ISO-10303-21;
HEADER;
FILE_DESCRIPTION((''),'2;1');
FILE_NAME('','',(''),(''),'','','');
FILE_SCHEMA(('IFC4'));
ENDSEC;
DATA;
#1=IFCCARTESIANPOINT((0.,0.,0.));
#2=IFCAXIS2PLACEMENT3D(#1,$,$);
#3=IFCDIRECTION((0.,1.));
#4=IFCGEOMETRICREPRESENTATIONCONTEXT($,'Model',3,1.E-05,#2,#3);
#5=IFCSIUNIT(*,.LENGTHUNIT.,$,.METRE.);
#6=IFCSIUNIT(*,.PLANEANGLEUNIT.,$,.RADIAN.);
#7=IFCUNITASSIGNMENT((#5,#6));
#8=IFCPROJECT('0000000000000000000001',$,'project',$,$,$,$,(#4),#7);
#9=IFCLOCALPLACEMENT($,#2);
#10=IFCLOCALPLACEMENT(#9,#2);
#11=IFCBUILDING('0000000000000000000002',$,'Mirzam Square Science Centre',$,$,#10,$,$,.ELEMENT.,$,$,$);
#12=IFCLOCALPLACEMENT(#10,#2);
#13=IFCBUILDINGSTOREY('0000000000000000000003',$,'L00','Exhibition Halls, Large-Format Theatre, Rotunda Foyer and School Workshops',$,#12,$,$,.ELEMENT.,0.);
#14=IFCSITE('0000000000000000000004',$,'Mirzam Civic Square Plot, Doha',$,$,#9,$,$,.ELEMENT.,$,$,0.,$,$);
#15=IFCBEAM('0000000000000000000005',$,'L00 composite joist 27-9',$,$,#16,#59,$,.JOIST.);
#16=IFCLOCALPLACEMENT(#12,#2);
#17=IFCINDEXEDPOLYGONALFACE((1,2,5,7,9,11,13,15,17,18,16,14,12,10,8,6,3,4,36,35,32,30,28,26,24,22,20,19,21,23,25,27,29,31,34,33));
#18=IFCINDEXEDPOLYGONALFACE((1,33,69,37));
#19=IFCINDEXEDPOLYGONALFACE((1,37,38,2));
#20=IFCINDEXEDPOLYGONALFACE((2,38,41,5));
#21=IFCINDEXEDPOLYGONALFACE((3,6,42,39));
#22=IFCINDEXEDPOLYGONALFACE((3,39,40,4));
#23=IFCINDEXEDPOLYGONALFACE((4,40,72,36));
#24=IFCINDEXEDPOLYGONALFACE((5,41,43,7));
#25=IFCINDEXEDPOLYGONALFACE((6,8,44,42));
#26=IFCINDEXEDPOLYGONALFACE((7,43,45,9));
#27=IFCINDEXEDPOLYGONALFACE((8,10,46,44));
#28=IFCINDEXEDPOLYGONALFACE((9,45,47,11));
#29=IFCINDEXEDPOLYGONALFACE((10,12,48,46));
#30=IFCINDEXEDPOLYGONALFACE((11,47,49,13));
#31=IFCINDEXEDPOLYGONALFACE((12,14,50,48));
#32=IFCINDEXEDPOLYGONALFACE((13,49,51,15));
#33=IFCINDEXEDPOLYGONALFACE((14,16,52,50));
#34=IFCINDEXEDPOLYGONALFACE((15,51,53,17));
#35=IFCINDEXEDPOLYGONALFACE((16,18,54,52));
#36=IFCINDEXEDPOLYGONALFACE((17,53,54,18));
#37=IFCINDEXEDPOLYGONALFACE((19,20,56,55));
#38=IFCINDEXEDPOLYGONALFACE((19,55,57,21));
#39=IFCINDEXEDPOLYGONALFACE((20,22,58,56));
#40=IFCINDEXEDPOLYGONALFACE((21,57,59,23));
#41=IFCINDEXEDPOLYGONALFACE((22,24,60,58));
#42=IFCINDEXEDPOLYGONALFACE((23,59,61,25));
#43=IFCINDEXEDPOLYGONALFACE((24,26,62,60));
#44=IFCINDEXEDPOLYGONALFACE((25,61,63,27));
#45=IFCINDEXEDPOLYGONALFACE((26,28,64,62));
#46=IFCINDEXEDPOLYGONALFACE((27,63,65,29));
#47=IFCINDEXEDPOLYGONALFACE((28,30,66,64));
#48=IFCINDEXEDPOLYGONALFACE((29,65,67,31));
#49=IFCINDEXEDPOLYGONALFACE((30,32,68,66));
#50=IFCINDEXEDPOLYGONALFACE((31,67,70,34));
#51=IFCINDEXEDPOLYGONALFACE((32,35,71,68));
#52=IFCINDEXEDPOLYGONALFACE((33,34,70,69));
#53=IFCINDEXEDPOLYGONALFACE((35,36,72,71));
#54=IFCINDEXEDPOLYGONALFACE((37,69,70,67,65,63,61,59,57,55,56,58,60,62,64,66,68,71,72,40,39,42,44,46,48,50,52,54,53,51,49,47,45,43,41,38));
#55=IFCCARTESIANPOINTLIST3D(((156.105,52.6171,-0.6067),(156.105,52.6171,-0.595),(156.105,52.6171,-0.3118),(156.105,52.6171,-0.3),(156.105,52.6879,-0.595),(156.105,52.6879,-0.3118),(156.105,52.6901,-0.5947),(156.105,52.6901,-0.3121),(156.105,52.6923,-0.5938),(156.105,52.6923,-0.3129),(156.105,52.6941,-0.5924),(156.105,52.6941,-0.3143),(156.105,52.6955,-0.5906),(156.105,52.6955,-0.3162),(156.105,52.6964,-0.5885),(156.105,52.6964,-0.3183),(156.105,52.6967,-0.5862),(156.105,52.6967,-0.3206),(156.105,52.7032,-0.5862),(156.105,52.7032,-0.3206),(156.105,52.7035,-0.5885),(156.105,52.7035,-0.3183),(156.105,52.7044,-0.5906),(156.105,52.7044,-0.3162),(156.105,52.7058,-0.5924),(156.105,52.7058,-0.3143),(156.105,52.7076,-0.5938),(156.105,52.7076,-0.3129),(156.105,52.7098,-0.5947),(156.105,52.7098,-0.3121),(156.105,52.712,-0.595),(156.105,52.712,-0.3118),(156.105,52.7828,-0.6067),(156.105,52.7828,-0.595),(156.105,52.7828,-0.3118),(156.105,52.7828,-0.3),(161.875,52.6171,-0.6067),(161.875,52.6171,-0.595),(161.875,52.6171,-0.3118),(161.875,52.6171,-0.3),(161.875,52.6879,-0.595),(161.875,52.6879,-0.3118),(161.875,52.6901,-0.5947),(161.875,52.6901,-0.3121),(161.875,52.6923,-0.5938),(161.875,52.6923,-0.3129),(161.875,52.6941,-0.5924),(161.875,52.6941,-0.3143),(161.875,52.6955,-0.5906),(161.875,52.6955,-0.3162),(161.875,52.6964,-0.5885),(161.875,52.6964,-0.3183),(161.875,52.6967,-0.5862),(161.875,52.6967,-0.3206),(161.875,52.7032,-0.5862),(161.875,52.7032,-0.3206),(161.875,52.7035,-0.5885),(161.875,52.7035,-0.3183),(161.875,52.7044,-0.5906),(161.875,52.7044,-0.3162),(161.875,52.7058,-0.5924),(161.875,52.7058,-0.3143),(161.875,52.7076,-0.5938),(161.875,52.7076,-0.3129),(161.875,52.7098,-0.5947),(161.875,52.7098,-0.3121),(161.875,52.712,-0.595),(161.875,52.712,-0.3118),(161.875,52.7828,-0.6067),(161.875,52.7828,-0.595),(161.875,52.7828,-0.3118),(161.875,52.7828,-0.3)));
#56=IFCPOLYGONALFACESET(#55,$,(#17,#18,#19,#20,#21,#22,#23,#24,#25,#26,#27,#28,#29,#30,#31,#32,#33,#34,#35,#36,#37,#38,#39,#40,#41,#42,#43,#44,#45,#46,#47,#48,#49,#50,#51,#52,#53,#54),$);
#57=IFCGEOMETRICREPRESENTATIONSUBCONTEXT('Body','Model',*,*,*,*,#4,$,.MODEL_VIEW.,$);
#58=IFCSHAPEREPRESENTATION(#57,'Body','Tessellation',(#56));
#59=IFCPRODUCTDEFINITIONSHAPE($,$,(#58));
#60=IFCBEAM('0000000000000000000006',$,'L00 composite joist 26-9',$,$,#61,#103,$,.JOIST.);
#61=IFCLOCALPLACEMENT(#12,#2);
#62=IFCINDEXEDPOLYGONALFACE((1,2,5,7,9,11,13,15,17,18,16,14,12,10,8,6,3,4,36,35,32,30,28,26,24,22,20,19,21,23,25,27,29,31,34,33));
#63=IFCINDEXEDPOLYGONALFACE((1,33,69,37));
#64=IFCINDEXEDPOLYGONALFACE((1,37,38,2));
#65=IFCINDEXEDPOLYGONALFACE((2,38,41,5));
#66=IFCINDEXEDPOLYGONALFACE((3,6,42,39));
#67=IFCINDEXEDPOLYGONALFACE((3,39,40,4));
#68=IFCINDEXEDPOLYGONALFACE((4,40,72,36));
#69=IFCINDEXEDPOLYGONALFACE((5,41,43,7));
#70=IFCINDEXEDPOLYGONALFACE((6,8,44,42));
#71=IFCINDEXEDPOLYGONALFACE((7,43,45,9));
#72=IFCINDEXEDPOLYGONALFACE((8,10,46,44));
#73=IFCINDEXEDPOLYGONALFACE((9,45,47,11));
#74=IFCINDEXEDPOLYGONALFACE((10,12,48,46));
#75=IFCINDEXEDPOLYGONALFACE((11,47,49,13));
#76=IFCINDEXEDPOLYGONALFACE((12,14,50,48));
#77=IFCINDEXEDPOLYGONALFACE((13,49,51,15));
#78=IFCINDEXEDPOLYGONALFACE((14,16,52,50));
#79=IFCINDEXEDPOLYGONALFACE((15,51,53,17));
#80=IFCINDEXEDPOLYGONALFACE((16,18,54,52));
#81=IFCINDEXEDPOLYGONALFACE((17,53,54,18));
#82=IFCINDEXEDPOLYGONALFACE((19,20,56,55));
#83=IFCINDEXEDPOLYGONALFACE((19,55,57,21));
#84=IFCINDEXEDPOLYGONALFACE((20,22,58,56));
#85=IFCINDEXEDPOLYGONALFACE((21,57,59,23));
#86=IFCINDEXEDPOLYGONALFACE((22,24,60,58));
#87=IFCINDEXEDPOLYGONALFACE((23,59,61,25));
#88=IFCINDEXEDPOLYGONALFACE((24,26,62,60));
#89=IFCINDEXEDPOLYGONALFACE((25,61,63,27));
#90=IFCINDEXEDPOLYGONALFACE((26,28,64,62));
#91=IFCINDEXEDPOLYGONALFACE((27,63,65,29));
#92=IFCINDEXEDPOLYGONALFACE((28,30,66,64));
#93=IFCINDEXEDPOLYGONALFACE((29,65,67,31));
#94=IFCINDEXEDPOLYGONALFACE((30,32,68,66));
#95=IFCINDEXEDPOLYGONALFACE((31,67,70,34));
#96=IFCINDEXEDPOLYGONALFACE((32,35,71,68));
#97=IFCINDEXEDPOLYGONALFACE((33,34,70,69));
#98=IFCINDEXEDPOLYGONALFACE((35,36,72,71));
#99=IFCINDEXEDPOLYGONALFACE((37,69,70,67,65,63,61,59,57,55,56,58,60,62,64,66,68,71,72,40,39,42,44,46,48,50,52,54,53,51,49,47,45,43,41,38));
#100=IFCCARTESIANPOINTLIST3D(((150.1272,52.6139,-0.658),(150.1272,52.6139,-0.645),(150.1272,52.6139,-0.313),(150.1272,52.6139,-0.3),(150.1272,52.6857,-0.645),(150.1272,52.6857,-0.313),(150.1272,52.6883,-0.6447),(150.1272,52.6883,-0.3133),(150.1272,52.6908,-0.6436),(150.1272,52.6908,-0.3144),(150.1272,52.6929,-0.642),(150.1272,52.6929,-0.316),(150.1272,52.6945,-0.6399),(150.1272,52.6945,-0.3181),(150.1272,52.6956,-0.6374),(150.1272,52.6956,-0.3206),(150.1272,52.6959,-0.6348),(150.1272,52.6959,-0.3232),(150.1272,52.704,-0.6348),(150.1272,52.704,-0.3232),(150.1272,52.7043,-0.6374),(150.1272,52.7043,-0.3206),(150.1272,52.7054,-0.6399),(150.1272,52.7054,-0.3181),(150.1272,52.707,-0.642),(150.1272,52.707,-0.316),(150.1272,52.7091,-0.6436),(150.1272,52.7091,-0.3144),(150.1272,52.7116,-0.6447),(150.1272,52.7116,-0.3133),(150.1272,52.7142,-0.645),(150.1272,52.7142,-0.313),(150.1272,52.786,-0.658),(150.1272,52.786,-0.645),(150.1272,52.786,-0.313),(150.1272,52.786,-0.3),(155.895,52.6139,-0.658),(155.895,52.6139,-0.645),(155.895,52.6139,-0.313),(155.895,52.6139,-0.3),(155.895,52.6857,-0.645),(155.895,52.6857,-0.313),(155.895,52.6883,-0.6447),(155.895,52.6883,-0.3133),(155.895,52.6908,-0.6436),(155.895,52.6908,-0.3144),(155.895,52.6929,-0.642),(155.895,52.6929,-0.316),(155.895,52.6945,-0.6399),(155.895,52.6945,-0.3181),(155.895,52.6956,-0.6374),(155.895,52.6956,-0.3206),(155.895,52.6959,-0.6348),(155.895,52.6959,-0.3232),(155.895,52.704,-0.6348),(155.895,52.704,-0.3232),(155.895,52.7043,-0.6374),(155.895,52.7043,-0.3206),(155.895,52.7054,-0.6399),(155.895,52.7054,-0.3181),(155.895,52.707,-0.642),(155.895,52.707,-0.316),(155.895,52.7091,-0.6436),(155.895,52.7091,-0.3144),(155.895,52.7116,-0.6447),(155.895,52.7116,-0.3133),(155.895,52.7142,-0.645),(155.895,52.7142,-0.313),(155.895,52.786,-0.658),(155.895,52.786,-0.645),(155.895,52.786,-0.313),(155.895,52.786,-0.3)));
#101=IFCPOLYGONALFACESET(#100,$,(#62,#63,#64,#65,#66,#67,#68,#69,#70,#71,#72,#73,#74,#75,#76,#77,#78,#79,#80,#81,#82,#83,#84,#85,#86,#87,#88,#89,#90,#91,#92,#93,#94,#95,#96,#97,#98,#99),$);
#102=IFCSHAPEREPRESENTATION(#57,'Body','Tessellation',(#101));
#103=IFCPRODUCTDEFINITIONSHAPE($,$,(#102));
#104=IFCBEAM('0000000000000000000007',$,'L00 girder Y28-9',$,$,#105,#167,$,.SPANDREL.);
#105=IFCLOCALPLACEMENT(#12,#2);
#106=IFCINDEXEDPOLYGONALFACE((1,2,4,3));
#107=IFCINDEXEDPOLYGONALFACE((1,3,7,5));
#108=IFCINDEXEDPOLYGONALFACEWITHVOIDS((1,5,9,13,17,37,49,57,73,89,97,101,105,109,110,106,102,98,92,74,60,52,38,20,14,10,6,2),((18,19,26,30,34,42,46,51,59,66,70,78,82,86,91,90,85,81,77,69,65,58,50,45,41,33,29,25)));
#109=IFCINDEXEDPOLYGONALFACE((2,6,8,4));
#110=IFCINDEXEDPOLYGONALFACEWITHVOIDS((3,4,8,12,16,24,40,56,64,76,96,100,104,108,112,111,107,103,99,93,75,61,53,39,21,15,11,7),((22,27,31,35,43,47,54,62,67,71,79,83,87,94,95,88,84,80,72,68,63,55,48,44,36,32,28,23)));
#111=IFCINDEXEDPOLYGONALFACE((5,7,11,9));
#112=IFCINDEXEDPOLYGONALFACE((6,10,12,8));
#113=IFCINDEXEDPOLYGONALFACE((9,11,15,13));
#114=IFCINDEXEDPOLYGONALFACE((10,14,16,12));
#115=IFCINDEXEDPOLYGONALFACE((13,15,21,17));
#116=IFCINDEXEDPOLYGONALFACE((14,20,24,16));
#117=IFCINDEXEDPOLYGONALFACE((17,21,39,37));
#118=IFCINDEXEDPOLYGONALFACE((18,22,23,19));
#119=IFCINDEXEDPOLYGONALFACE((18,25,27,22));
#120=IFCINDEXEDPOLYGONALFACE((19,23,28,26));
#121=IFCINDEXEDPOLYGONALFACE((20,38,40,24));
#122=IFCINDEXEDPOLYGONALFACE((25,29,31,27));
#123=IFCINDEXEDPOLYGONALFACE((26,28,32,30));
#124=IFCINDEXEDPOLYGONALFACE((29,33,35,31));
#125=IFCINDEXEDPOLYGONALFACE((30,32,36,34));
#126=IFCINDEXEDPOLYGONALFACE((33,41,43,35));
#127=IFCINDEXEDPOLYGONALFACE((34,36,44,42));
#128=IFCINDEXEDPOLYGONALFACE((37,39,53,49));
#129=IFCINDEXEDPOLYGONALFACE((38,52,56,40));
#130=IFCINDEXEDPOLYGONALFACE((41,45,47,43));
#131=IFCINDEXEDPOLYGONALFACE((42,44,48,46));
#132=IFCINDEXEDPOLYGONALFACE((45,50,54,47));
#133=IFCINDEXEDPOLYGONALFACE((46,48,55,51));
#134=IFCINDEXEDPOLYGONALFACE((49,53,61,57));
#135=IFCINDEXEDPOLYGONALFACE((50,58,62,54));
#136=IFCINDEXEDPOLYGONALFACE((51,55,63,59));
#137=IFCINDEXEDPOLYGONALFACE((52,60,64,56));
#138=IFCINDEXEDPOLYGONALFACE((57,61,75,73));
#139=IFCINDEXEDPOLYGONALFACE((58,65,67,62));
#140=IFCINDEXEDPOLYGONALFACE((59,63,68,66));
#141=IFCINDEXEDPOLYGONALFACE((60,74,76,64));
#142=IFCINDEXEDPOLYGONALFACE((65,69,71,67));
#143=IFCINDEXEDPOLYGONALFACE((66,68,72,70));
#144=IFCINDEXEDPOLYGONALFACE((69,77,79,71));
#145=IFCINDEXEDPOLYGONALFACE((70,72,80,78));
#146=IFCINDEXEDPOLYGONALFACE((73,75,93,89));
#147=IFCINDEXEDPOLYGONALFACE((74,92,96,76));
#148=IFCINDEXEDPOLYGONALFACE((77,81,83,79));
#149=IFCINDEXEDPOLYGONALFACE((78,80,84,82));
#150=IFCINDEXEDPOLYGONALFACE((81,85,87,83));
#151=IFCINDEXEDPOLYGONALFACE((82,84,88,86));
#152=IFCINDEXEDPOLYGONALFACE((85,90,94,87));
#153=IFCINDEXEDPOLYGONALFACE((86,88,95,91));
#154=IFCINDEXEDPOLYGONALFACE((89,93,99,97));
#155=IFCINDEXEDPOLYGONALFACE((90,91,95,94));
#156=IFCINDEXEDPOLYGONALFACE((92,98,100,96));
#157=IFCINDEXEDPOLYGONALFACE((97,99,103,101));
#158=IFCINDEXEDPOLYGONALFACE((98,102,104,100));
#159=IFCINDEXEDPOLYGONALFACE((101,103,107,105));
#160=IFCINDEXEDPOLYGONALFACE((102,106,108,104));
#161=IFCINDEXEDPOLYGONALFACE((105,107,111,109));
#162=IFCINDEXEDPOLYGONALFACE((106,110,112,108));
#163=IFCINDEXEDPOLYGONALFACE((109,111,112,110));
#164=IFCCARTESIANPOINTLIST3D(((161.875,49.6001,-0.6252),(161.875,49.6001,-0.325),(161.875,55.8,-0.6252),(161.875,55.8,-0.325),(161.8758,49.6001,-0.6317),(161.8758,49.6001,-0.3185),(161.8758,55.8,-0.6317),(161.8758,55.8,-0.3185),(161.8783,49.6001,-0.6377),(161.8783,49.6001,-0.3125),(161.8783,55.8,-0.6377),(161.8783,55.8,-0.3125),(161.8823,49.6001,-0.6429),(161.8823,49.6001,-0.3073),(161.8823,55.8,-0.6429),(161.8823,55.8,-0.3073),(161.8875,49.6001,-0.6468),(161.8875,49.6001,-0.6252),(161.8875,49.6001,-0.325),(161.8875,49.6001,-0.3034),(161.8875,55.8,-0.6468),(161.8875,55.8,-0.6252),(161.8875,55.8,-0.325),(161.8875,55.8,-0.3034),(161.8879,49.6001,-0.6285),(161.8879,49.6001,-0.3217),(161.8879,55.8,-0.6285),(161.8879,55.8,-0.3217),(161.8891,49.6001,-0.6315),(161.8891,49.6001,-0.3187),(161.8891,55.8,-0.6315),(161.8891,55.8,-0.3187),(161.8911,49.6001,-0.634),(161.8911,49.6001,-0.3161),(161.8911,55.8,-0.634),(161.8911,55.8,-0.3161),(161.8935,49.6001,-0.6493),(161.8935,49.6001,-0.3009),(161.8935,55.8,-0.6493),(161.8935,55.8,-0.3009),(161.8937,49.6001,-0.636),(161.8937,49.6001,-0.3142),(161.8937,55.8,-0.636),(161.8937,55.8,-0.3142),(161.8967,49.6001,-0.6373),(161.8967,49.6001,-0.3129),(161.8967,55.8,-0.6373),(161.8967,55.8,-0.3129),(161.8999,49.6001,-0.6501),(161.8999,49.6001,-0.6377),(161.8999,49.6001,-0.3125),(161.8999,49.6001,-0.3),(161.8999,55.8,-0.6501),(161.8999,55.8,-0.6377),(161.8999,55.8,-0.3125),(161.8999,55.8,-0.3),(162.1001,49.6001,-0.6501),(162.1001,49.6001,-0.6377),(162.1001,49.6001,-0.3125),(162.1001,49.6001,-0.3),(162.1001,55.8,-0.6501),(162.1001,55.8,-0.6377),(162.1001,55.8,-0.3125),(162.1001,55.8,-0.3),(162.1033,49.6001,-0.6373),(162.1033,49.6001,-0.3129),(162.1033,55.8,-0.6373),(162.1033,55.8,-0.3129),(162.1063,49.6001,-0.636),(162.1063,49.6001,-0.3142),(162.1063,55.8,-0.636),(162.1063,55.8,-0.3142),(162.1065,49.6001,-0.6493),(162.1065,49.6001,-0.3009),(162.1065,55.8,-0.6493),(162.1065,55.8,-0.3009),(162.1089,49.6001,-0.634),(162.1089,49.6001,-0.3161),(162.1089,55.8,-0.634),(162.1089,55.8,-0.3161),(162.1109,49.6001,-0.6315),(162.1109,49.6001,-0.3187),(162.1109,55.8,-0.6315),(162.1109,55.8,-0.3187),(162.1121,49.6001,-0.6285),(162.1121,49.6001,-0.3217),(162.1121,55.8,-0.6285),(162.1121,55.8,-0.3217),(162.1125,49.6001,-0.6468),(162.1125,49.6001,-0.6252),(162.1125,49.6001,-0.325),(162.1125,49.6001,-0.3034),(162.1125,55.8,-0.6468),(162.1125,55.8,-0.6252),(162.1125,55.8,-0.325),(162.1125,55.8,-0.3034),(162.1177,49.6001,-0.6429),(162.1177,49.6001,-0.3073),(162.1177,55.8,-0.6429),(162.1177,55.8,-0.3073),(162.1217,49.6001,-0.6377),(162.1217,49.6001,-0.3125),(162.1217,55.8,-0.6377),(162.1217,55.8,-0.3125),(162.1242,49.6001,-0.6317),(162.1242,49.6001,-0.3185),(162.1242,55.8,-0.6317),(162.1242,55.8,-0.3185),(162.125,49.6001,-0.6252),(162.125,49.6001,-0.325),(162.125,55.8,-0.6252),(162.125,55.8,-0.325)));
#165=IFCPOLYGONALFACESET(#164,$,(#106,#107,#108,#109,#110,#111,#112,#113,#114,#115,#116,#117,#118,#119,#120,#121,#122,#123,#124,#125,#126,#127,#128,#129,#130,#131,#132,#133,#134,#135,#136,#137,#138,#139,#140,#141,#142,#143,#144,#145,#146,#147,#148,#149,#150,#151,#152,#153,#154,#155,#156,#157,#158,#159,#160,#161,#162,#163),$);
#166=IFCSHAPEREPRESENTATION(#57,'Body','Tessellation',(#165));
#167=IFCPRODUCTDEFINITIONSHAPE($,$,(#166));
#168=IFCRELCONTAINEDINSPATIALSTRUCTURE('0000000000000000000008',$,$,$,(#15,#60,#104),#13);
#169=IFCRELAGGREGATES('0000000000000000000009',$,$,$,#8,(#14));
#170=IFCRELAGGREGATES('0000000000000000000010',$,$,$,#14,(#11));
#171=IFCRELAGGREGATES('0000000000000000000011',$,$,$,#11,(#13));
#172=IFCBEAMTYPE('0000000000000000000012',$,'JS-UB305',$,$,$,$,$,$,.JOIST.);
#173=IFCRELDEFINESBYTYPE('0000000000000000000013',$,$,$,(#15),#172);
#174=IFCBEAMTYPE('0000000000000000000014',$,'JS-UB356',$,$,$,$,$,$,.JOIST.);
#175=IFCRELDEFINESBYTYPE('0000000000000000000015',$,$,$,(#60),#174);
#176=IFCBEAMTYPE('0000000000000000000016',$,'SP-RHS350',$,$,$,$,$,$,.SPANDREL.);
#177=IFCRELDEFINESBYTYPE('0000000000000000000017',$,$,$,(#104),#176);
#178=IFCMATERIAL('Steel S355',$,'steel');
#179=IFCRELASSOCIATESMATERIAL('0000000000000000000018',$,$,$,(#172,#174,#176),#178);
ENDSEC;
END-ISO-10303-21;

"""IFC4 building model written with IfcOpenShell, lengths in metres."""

from ifc_helpers import new_model, si_unit, direction, frame, origin, origin_2d, place, context, subcontext, project, spatial, hollow_rectangle, i_section, extrude, material, material_profile, profile_set, type_object, element, save


model = new_model("IFC4")

# Units and contexts
model_context = context("Model", 3, precision=1e-05, world=origin(), true_north=direction((0.0, 1.0)))
body_context = subcontext(model_context, "Body", "Model", "MODEL_VIEW")
ifc_project = project(units=[si_unit("LENGTHUNIT", "METRE"), si_unit("PLANEANGLEUNIT", "RADIAN")], contexts=[model_context])

# Site, building, storey
site_placement = place(None, origin())
site = spatial("IfcSite", under=ifc_project, at=site_placement, Name="Mirzam Civic Square Plot, Doha", CompositionType="ELEMENT", RefElevation=0.0)
building_placement = place(site_placement, origin())
building = spatial("IfcBuilding", under=site, at=building_placement, Name="Mirzam Square Science Centre", CompositionType="ELEMENT")
storey_placement = place(building_placement, origin())
storey = spatial("IfcBuildingStorey", under=building, at=storey_placement, Name="L00", Description="Exhibition Halls, Large-Format Theatre, Rotunda Foyer and School Workshops", CompositionType="ELEMENT", Elevation=0.0)

# Shared definitions
ifc_material_1 = material(Name="Steel S355", Category="steel")

# Beams
ifc_material_profile_1 = material_profile(ifc_material_1, i_section(OverallWidth=0.1658, OverallDepth=0.3066, WebThickness=0.0066, FlangeThickness=0.0117, FilletRadius=0.0088, at=origin_2d()), Name="305x165x46UB")
ifc_profile_set_1 = profile_set([ifc_material_profile_1], Name="Steel S355")
beam_type_1 = type_object("IfcBeamType", Name="JS-UB305", PredefinedType="JOIST", material=ifc_profile_set_1)
beam_1_placement = place(storey_placement, frame((156.105, 52.7, -0.4534), z_axis=(1.0, 0.0, 0.0), x_axis=(0.0, 1.0, 0.0)))
element("IfcBeam", 1, at=beam_1_placement, inside=storey, type_object=beam_type_1, Name="L00 composite joist 27-9", PredefinedType="JOIST", context=body_context, shape_type="SweptSolid", body=[
    extrude(i_section(OverallWidth=0.1658, OverallDepth=0.3066, WebThickness=0.0066, FlangeThickness=0.0117, FilletRadius=0.0088, at=origin_2d()), origin(), (0.0, 0.0, 1.0), 5.77),
])
ifc_material_profile_2 = material_profile(ifc_material_1, i_section(OverallWidth=0.1721, OverallDepth=0.3579, WebThickness=0.0081, FlangeThickness=0.0129, FilletRadius=0.0103, at=origin_2d()), Name="356x171x57UB")
ifc_profile_set_2 = profile_set([ifc_material_profile_2], Name="Steel S355")
beam_type_2 = type_object("IfcBeamType", Name="JS-UB356", PredefinedType="JOIST", material=ifc_profile_set_2)
beam_2_placement = place(storey_placement, frame((150.1272, 52.7, -0.479), z_axis=(1.0, 0.0, 0.0), x_axis=(0.0, 1.0, 0.0)))
element("IfcBeam", 2, at=beam_2_placement, inside=storey, type_object=beam_type_2, Name="L00 composite joist 26-9", PredefinedType="JOIST", context=body_context, shape_type="SweptSolid", body=[
    extrude(i_section(OverallWidth=0.1721, OverallDepth=0.3579, WebThickness=0.0081, FlangeThickness=0.0129, FilletRadius=0.0103, at=origin_2d()), origin(), (0.0, 0.0, 1.0), 5.7678),
])
ifc_material_profile_3 = material_profile(ifc_material_1, hollow_rectangle(XDim=0.25, YDim=0.3501, WallThickness=0.0125, InnerFilletRadius=0.0125, OuterFilletRadius=0.0249, at=origin_2d()), Name="350x250x12.5RHS")
ifc_profile_set_3 = profile_set([ifc_material_profile_3], Name="Steel S355")
beam_type_3 = type_object("IfcBeamType", Name="SP-RHS350", PredefinedType="SPANDREL", material=ifc_profile_set_3)
for number, where, z_axis, x_axis, name in (
    (3, (162.0, 49.6001, -0.4751), (0.0, 1.0, 0.0), (-1.0, 0.0, 0.0), "L00 girder Y28-9"),
):
    element("IfcBeam", number, at=place(storey_placement, frame(where, z_axis=z_axis, x_axis=x_axis)), inside=storey, type_object=beam_type_3, Name=name, PredefinedType="SPANDREL", context=body_context, shape_type="SweptSolid", body=[
        extrude(hollow_rectangle(XDim=0.25, YDim=0.3501, WallThickness=0.0125, InnerFilletRadius=0.0125, OuterFilletRadius=0.0249, at=origin_2d()), origin(), (0.0, 0.0, 1.0), 6.2),
    ])

save(model, "model.ifc")
